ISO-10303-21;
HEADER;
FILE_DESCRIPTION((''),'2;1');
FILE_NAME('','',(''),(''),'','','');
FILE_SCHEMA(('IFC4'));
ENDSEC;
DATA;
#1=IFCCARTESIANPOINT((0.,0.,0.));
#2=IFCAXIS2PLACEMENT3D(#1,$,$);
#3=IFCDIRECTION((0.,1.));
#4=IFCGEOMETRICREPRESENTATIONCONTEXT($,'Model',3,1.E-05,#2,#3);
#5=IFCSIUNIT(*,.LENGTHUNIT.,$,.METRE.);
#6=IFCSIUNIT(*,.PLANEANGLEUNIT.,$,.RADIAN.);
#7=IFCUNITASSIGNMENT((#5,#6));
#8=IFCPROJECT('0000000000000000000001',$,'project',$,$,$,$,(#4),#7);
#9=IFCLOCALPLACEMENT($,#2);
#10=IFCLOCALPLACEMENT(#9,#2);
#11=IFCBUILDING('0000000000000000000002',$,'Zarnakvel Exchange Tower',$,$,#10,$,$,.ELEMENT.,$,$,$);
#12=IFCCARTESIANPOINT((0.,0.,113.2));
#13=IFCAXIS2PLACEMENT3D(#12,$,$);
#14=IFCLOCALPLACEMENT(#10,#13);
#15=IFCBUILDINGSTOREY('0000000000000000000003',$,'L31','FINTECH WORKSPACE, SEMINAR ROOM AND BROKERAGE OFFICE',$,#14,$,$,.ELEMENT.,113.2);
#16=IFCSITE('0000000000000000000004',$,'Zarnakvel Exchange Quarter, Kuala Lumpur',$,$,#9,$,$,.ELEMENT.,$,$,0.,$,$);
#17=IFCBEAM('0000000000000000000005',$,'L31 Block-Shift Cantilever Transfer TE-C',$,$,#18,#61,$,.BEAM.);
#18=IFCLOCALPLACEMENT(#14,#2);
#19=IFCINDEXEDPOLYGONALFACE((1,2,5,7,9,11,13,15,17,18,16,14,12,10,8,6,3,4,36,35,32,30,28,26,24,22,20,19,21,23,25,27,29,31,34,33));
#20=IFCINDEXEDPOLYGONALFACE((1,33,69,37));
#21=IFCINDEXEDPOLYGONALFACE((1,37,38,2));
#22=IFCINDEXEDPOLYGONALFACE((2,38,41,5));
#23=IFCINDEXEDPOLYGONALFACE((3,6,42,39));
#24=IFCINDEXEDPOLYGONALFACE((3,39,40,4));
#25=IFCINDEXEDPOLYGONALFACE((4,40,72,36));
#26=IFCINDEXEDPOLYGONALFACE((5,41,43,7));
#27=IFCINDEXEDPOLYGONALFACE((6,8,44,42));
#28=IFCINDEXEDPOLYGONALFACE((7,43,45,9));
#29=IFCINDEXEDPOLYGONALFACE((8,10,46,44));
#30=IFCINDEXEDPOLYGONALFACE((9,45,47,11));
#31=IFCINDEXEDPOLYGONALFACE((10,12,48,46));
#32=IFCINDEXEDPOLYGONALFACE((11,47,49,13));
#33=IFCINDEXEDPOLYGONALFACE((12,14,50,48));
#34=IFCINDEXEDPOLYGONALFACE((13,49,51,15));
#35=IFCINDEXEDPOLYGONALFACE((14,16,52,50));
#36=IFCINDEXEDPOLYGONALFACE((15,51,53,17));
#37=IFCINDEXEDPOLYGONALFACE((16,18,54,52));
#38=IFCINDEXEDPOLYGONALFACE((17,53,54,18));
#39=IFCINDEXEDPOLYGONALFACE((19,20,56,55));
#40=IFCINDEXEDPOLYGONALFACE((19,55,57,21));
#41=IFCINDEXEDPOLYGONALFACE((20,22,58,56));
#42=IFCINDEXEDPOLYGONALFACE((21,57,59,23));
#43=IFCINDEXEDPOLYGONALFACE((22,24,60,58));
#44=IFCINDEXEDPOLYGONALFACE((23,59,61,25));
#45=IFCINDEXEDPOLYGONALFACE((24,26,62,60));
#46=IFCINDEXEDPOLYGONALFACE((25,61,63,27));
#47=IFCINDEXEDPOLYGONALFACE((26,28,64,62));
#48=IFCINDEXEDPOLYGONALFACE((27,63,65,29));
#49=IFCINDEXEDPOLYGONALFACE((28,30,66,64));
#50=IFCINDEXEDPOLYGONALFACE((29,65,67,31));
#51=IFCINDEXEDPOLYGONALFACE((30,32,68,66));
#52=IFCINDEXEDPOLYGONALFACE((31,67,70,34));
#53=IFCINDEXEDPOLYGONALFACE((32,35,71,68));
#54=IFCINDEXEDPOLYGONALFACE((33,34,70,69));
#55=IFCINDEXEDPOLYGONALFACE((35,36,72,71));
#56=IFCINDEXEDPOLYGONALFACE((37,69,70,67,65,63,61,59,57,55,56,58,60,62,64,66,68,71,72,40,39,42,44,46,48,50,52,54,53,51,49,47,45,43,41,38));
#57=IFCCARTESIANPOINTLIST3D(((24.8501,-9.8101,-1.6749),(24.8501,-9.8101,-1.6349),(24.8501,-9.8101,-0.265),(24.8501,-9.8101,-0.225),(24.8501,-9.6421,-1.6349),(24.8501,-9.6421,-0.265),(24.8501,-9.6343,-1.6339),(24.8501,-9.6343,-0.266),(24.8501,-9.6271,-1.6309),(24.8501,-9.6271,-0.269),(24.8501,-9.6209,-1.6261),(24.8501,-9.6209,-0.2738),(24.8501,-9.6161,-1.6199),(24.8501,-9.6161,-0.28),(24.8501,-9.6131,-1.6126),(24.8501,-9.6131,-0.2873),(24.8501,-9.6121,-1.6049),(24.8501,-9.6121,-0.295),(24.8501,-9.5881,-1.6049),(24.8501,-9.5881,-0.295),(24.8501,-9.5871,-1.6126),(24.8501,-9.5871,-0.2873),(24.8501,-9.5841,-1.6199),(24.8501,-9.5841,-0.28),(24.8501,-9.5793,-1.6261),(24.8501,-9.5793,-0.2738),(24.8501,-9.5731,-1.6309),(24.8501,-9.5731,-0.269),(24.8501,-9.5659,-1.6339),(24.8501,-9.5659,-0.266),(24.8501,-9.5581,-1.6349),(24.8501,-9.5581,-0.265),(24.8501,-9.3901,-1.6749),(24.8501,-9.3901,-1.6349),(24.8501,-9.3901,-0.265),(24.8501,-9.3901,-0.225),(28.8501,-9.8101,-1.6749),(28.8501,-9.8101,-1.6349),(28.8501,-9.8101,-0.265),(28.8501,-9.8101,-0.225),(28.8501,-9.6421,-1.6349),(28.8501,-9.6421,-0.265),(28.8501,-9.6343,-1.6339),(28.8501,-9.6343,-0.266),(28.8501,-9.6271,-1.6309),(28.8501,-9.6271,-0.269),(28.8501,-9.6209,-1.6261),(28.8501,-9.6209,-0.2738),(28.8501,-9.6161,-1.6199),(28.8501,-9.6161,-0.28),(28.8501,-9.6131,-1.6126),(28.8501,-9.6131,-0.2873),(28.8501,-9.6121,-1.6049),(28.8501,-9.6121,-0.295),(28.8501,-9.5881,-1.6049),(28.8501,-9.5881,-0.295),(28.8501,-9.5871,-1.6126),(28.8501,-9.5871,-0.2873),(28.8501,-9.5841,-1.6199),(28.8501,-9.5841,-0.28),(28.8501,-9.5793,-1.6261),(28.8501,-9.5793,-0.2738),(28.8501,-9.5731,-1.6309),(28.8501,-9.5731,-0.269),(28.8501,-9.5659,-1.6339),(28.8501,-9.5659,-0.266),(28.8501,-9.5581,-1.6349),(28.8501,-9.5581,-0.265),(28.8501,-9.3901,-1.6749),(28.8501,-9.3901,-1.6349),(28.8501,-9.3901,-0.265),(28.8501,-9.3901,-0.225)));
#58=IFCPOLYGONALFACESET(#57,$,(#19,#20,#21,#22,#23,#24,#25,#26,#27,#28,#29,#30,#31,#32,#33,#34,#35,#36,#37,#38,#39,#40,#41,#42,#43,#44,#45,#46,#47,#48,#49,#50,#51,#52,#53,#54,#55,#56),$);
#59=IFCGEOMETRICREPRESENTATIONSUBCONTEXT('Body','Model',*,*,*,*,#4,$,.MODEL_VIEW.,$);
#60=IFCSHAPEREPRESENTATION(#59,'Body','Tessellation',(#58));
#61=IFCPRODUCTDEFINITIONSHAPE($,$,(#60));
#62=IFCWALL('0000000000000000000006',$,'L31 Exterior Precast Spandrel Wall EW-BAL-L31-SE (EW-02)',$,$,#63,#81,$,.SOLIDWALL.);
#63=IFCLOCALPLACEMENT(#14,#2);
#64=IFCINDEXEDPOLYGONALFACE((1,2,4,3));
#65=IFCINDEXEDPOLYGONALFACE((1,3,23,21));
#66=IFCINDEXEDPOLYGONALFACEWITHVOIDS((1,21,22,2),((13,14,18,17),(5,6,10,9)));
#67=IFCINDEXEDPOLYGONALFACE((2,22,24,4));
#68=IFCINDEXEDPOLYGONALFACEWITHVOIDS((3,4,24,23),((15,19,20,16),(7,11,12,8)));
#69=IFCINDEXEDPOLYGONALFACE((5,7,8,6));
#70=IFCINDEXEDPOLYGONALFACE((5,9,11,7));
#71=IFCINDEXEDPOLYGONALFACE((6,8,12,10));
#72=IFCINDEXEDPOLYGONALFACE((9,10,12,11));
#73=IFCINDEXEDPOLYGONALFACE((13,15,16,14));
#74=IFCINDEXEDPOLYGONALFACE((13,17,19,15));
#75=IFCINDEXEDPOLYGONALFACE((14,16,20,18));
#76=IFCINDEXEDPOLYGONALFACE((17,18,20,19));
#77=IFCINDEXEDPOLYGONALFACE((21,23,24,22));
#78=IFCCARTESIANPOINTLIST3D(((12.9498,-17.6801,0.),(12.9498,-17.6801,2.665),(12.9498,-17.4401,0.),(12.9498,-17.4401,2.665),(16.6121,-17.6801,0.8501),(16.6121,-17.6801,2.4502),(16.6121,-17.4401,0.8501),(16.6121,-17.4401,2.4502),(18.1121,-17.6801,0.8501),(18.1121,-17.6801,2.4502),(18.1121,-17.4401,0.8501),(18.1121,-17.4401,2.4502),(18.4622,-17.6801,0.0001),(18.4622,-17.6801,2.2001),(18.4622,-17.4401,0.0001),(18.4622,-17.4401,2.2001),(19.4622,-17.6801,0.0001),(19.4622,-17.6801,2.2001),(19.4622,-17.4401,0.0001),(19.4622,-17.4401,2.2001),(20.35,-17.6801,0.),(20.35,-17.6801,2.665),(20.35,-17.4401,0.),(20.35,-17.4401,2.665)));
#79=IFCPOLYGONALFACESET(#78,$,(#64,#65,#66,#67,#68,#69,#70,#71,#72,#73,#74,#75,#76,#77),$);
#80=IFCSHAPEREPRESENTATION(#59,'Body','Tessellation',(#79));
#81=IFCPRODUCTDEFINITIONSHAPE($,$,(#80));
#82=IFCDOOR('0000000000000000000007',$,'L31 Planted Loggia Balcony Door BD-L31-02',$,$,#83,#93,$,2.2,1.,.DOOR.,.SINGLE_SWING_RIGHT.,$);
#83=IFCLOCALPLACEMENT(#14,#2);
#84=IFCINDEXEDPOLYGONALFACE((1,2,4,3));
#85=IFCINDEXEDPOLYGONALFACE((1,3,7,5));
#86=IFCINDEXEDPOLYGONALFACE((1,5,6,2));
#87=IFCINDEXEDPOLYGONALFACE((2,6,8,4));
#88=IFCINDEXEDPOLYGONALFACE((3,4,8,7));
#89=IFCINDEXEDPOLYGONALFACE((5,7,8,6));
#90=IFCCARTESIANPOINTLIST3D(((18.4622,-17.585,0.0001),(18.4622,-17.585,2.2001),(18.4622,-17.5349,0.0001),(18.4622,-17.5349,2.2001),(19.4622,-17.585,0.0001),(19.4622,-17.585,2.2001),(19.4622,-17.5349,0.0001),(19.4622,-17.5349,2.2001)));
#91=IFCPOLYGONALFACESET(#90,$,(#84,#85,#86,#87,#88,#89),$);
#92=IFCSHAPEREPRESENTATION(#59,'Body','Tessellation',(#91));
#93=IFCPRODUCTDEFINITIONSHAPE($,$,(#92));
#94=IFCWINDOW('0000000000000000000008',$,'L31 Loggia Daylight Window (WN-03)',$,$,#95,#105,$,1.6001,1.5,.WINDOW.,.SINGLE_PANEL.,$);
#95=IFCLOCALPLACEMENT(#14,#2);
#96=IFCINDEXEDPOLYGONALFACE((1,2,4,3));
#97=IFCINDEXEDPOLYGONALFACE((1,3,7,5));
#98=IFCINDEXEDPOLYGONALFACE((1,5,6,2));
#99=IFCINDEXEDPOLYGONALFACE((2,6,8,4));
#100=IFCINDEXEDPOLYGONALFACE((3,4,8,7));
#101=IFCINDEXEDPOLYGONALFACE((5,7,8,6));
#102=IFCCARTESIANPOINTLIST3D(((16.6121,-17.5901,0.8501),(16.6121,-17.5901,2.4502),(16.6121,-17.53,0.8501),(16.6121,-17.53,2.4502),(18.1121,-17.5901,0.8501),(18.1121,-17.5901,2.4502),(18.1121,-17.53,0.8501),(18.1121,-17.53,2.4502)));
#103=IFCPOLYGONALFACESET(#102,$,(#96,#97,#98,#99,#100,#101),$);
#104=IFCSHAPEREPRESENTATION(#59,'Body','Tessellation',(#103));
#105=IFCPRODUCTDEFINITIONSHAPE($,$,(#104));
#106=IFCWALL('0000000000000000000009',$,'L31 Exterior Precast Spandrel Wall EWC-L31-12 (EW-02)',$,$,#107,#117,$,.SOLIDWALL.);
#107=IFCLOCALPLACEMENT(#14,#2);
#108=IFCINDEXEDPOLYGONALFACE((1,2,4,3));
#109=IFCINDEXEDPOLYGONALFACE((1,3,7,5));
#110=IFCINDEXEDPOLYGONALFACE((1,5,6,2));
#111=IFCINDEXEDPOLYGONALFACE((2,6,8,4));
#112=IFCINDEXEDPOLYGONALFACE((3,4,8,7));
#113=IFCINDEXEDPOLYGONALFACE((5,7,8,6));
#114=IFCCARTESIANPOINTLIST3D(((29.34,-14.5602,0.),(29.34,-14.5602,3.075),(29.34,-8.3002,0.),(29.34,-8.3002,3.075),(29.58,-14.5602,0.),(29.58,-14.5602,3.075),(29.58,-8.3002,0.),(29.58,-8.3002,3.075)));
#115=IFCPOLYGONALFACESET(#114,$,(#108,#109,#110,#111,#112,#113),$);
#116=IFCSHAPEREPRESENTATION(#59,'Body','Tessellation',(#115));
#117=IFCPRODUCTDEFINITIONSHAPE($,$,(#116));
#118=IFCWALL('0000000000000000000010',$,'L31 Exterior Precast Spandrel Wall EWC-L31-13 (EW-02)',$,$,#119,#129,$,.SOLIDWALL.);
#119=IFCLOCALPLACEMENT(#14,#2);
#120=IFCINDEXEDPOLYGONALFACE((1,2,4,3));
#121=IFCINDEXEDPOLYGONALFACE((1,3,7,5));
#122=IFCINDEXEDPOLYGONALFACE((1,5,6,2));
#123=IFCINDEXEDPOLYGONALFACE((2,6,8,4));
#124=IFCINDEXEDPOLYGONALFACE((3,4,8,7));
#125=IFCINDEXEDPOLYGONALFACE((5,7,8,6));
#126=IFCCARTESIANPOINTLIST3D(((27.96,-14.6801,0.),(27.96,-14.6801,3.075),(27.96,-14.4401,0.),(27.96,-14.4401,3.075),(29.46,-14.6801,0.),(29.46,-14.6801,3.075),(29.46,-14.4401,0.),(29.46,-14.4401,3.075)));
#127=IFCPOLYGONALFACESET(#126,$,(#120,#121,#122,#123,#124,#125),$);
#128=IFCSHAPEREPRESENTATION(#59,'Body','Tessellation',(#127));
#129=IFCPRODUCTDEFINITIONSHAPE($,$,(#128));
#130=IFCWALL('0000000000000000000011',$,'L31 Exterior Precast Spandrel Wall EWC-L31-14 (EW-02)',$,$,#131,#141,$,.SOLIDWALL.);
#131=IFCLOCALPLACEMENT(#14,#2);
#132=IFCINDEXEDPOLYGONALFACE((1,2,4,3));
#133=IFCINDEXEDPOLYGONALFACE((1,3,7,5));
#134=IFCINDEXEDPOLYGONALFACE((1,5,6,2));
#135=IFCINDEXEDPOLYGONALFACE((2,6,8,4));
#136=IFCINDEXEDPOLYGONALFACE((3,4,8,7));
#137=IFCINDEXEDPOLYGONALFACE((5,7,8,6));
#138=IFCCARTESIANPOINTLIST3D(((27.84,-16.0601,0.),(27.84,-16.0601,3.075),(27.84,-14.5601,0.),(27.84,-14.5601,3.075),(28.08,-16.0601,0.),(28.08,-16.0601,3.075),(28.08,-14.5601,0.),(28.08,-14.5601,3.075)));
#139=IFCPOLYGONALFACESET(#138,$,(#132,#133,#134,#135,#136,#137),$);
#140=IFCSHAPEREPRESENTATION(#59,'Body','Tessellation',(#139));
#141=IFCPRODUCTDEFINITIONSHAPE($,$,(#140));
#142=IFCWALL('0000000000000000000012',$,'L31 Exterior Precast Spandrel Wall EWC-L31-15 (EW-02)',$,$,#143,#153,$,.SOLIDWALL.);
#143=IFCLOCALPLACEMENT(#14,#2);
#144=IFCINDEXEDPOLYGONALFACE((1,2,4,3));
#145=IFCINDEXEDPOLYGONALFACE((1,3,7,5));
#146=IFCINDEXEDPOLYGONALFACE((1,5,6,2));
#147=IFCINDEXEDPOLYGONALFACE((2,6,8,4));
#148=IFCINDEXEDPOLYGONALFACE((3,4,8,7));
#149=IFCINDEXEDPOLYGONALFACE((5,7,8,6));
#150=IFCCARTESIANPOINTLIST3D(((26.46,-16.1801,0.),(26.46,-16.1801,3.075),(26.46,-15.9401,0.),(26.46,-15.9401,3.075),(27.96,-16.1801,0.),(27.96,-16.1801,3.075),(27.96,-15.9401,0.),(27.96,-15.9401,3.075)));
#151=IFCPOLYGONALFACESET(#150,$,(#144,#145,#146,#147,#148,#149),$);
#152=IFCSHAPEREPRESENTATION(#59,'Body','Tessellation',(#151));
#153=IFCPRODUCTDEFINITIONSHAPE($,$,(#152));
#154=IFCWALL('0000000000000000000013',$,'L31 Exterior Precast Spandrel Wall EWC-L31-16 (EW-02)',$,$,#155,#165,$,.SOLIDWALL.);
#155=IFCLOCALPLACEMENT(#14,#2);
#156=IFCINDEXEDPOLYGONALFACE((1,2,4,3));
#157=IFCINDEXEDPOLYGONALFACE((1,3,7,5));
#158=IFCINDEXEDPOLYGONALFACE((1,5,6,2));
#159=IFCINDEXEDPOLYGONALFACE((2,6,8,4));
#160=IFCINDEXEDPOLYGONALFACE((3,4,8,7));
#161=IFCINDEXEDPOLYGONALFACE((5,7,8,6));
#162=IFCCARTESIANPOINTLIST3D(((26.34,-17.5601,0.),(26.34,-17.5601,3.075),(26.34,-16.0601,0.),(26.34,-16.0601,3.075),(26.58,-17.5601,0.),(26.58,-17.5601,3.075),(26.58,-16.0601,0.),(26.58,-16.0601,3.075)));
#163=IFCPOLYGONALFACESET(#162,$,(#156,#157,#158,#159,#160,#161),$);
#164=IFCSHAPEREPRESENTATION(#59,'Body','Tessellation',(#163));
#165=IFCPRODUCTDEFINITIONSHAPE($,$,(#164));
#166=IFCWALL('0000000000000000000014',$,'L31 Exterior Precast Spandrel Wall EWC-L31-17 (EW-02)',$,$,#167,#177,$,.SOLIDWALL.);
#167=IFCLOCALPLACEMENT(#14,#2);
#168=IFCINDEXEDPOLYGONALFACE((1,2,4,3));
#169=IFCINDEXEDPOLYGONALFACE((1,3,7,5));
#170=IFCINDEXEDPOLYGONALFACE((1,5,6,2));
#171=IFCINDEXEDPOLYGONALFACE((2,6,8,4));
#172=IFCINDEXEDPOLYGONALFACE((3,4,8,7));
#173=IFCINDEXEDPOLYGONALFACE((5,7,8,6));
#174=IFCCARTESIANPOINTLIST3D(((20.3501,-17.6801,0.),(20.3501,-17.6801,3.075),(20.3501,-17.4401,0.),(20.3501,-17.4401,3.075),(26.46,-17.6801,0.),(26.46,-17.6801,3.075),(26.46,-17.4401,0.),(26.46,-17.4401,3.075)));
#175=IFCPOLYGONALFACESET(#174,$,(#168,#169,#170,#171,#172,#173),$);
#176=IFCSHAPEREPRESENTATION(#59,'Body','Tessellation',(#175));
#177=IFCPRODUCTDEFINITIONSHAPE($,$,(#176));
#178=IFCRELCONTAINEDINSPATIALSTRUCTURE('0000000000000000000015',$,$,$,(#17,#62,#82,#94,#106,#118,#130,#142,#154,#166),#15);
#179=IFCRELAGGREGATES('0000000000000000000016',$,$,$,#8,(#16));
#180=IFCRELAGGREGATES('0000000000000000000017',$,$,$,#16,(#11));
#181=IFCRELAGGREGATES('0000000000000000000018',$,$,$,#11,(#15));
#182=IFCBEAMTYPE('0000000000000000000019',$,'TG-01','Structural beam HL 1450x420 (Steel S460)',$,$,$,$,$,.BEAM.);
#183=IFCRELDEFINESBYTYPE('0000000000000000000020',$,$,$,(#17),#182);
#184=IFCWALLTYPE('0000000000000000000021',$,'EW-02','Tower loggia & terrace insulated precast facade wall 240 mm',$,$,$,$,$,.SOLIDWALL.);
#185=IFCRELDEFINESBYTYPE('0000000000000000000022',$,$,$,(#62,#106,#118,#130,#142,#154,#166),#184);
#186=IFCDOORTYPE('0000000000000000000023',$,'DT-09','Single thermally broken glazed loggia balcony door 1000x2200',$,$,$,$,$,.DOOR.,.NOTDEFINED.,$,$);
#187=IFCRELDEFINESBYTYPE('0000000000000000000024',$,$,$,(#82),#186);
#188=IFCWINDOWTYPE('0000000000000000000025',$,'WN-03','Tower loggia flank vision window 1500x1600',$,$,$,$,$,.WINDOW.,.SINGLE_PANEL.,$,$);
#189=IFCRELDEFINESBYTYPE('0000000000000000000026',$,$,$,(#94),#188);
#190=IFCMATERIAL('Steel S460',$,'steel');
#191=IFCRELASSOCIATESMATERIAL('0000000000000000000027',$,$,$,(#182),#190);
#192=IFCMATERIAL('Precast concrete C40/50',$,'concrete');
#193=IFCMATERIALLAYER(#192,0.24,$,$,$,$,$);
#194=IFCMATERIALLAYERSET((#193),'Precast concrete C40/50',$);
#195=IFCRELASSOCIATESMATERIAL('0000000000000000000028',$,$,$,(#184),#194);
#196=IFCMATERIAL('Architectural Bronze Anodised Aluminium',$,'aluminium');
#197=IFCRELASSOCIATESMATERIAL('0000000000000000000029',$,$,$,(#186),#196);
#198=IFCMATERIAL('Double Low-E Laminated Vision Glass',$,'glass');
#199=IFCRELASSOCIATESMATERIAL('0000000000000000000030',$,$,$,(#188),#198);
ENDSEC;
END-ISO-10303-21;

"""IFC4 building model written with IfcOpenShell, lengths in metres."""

from ifc_helpers import new_model, si_unit, direction, frame, frame_2d, origin, origin_2d, place, context, subcontext, project, spatial, rectangle, i_section, extrude, source, transform, mapped, material, layer, layer_set, material_profile, profile_set, type_object, element, fill, save


model = new_model("IFC4")

# Units and contexts
model_context = context("Model", 3, precision=1e-05, world=origin(), true_north=direction((0.0, 1.0)))
body_context = subcontext(model_context, "Body", "Model", "MODEL_VIEW")
ifc_project = project(units=[si_unit("LENGTHUNIT", "METRE"), si_unit("PLANEANGLEUNIT", "RADIAN")], contexts=[model_context])

# Site, building, storey
site_placement = place(None, origin())
site = spatial("IfcSite", under=ifc_project, at=site_placement, Name="Zarnakvel Exchange Quarter, Kuala Lumpur", CompositionType="ELEMENT", RefElevation=0.0)
building_placement = place(site_placement, origin())
building = spatial("IfcBuilding", under=site, at=building_placement, Name="Zarnakvel Exchange Tower", CompositionType="ELEMENT")
storey_placement = place(building_placement, frame((0.0, 0.0, 113.2)))
storey = spatial("IfcBuildingStorey", under=building, at=storey_placement, Name="L31", Description="FINTECH WORKSPACE, SEMINAR ROOM AND BROKERAGE OFFICE", CompositionType="ELEMENT", Elevation=113.2)

# Beam
ifc_material_1 = material(Name="Steel S460", Category="steel")
ifc_material_profile_1 = material_profile(ifc_material_1, i_section(OverallWidth=0.4199, OverallDepth=1.45, WebThickness=0.0239, FlangeThickness=0.04, FilletRadius=0.03, at=origin_2d()))
ifc_profile_set_1 = profile_set([ifc_material_profile_1], Name="Steel S460")
beam_type_1 = type_object("IfcBeamType", Name="TG-01", Description="Structural beam HL 1450x420 (Steel S460)", PredefinedType="BEAM", material=ifc_profile_set_1)
beam_1_placement = place(storey_placement, frame((24.8501, -9.6001, -0.95), z_axis=(1.0, 0.0, 0.0), x_axis=(0.0, 1.0, 0.0)))
element("IfcBeam", 1, at=beam_1_placement, inside=storey, type_object=beam_type_1, Name="L31 Block-Shift Cantilever Transfer TE-C", PredefinedType="BEAM", context=body_context, shape_type="SweptSolid", body=[
    extrude(i_section(OverallWidth=0.4199, OverallDepth=1.45, WebThickness=0.0239, FlangeThickness=0.04, FilletRadius=0.03, at=origin_2d()), origin(), (0.0, 0.0, 1.0), 4.0),
])

# Wall, openings, door, window
ifc_material_2 = material(Name="Precast concrete C40/50", Category="concrete")
ifc_layer_1 = layer(ifc_material_2, 0.24)
ifc_layer_set_1 = layer_set([ifc_layer_1], Name="Precast concrete C40/50")
wall_type_1 = type_object("IfcWallType", Name="EW-02", Description="Tower loggia & terrace insulated precast facade wall 240 mm", PredefinedType="SOLIDWALL", material=ifc_layer_set_1)
wall_1_placement = place(storey_placement, frame((20.3501, -17.5601, 0.0), z_axis=(0.0, 0.0, 1.0), x_axis=(-1.0, 0.0, 0.0)))
wall_1 = element("IfcWall", 2, at=wall_1_placement, inside=storey, type_object=wall_type_1, Name="L31 Exterior Precast Spandrel Wall EW-BAL-L31-SE (EW-02)", PredefinedType="SOLIDWALL", context=body_context, shape_type="SweptSolid", body=[
    extrude(rectangle(XDim=7.4001, YDim=0.24, at=frame_2d((3.7002, 0.0))), origin(), (0.0, 0.0, 1.0), 2.665),
])
opening_1_placement = place(wall_1_placement, frame((0.8879, 0.0, 0.0)))
opening_1 = element("IfcOpeningElement", 3, at=opening_1_placement, cuts=wall_1, PredefinedType="OPENING", context=body_context, shape_type="SweptSolid", body=[
    extrude(rectangle(XDim=1.0, YDim=2.2, at=frame_2d((0.5, 1.1001))), frame((0.0, 0.1299, 0.0), z_axis=(0.0, -1.0, 0.0), x_axis=(1.0, 0.0, 0.0)), (0.0, 0.0, 1.0), 0.26),
])
opening_2_placement = place(wall_1_placement, frame((2.238, 0.0, 0.8501)))
opening_2 = element("IfcOpeningElement", 4, at=opening_2_placement, cuts=wall_1, PredefinedType="OPENING", context=body_context, shape_type="SweptSolid", body=[
    extrude(rectangle(XDim=1.5, YDim=1.6001, at=frame_2d((0.75, 0.8))), frame((0.0, 0.1299, 0.0), z_axis=(0.0, -1.0, 0.0), x_axis=(1.0, 0.0, 0.0)), (0.0, 0.0, 1.0), 0.26),
])
ifc_material_3 = material(Name="Architectural Bronze Anodised Aluminium", Category="aluminium")
door_type_1 = type_object("IfcDoorType", Name="DT-09", Description="Single thermally broken glazed loggia balcony door 1000x2200", OperationType="NOTDEFINED", PredefinedType="DOOR", material=ifc_material_3)
shared_shape_1 = source(origin(), body_context, "Body", "SweptSolid", [
    extrude(rectangle(XDim=1.0, YDim=2.2, at=frame_2d((0.5, 1.1001))), frame((0.0, 0.0249, 0.0), z_axis=(0.0, -1.0, 0.0), x_axis=(1.0, 0.0, 0.0)), (0.0, 0.0, 1.0), 0.05),
])
door_1_placement = place(opening_1_placement, origin())
door_1 = element("IfcDoor", 5, at=door_1_placement, inside=storey, type_object=door_type_1, Name="L31 Planted Loggia Balcony Door BD-L31-02", OperationType="SINGLE_SWING_RIGHT", OverallHeight=2.2, OverallWidth=1.0, PredefinedType="DOOR", context=body_context, shape_type="MappedRepresentation", body=[
    mapped(shared_shape_1, transform((0.0, 0.0, 0.0), x_axis=(1.0, 0.0, 0.0), y_axis=(0.0, 1.0, 0.0), z_axis=(0.0, 0.0, 1.0), scale=1.0)),
])
fill(opening_1, door_1)
ifc_material_4 = material(Name="Double Low-E Laminated Vision Glass", Category="glass")
window_type = type_object("IfcWindowType", Name="WN-03", Description="Tower loggia flank vision window 1500x1600", PartitioningType="SINGLE_PANEL", PredefinedType="WINDOW", material=ifc_material_4)
shared_shape_2 = source(origin(), body_context, "Body", "SweptSolid", [
    extrude(rectangle(XDim=1.5, YDim=1.6001, at=frame_2d((0.75, 0.8))), frame((0.0, 0.03, 0.0), z_axis=(0.0, -1.0, 0.0), x_axis=(1.0, 0.0, 0.0)), (0.0, 0.0, 1.0), 0.0601),
])
window_placement = place(opening_2_placement, origin())
window = element("IfcWindow", 6, at=window_placement, inside=storey, type_object=window_type, Name="L31 Loggia Daylight Window (WN-03)", OverallHeight=1.6001, OverallWidth=1.5, PartitioningType="SINGLE_PANEL", PredefinedType="WINDOW", context=body_context, shape_type="MappedRepresentation", body=[
    mapped(shared_shape_2, transform((0.0, 0.0, 0.0), x_axis=(1.0, 0.0, 0.0), y_axis=(0.0, 1.0, 0.0), z_axis=(0.0, 0.0, 1.0), scale=1.0)),
])
fill(opening_2, window)

# Walls
wall_2_placement = place(storey_placement, frame((29.46, -14.5601, 0.0), z_axis=(0.0, 0.0, 1.0), x_axis=(0.0, 1.0, 0.0)))
element("IfcWall", 7, at=wall_2_placement, inside=storey, type_object=wall_type_1, Name="L31 Exterior Precast Spandrel Wall EWC-L31-12 (EW-02)", PredefinedType="SOLIDWALL", context=body_context, shape_type="SweptSolid", body=[
    extrude(rectangle(XDim=6.26, YDim=0.24, at=frame_2d((3.1299, 0.0))), origin(), (0.0, 0.0, 1.0), 3.075),
])
for number, where, z_axis, x_axis, name in (
    (8, (27.96, -14.5601, 0.0), (0.0, 0.0, 1.0), (1.0, 0.0, 0.0), "L31 Exterior Precast Spandrel Wall EWC-L31-13 (EW-02)"),
    (9, (27.96, -16.0601, 0.0), (0.0, 0.0, 1.0), (0.0, 1.0, 0.0), "L31 Exterior Precast Spandrel Wall EWC-L31-14 (EW-02)"),
    (10, (26.46, -16.0601, 0.0), (0.0, 0.0, 1.0), (1.0, 0.0, 0.0), "L31 Exterior Precast Spandrel Wall EWC-L31-15 (EW-02)"),
    (11, (26.46, -17.5601, 0.0), (0.0, 0.0, 1.0), (0.0, 1.0, 0.0), "L31 Exterior Precast Spandrel Wall EWC-L31-16 (EW-02)"),
):
    element("IfcWall", number, at=place(storey_placement, frame(where, z_axis=z_axis, x_axis=x_axis)), inside=storey, type_object=wall_type_1, Name=name, PredefinedType="SOLIDWALL", context=body_context, shape_type="SweptSolid", body=[
        extrude(rectangle(XDim=1.5, YDim=0.24, at=frame_2d((0.75, 0.0))), origin(), (0.0, 0.0, 1.0), 3.075),
    ])
wall_3_placement = place(storey_placement, frame((20.3501, -17.5601, 0.0), z_axis=(0.0, 0.0, 1.0), x_axis=(1.0, 0.0, 0.0)))
element("IfcWall", 12, at=wall_3_placement, inside=storey, type_object=wall_type_1, Name="L31 Exterior Precast Spandrel Wall EWC-L31-17 (EW-02)", PredefinedType="SOLIDWALL", context=body_context, shape_type="SweptSolid", body=[
    extrude(rectangle(XDim=6.1099, YDim=0.24, at=frame_2d((3.0549, 0.0))), origin(), (0.0, 0.0, 1.0), 3.075),
])

save(model, "model.ifc")
